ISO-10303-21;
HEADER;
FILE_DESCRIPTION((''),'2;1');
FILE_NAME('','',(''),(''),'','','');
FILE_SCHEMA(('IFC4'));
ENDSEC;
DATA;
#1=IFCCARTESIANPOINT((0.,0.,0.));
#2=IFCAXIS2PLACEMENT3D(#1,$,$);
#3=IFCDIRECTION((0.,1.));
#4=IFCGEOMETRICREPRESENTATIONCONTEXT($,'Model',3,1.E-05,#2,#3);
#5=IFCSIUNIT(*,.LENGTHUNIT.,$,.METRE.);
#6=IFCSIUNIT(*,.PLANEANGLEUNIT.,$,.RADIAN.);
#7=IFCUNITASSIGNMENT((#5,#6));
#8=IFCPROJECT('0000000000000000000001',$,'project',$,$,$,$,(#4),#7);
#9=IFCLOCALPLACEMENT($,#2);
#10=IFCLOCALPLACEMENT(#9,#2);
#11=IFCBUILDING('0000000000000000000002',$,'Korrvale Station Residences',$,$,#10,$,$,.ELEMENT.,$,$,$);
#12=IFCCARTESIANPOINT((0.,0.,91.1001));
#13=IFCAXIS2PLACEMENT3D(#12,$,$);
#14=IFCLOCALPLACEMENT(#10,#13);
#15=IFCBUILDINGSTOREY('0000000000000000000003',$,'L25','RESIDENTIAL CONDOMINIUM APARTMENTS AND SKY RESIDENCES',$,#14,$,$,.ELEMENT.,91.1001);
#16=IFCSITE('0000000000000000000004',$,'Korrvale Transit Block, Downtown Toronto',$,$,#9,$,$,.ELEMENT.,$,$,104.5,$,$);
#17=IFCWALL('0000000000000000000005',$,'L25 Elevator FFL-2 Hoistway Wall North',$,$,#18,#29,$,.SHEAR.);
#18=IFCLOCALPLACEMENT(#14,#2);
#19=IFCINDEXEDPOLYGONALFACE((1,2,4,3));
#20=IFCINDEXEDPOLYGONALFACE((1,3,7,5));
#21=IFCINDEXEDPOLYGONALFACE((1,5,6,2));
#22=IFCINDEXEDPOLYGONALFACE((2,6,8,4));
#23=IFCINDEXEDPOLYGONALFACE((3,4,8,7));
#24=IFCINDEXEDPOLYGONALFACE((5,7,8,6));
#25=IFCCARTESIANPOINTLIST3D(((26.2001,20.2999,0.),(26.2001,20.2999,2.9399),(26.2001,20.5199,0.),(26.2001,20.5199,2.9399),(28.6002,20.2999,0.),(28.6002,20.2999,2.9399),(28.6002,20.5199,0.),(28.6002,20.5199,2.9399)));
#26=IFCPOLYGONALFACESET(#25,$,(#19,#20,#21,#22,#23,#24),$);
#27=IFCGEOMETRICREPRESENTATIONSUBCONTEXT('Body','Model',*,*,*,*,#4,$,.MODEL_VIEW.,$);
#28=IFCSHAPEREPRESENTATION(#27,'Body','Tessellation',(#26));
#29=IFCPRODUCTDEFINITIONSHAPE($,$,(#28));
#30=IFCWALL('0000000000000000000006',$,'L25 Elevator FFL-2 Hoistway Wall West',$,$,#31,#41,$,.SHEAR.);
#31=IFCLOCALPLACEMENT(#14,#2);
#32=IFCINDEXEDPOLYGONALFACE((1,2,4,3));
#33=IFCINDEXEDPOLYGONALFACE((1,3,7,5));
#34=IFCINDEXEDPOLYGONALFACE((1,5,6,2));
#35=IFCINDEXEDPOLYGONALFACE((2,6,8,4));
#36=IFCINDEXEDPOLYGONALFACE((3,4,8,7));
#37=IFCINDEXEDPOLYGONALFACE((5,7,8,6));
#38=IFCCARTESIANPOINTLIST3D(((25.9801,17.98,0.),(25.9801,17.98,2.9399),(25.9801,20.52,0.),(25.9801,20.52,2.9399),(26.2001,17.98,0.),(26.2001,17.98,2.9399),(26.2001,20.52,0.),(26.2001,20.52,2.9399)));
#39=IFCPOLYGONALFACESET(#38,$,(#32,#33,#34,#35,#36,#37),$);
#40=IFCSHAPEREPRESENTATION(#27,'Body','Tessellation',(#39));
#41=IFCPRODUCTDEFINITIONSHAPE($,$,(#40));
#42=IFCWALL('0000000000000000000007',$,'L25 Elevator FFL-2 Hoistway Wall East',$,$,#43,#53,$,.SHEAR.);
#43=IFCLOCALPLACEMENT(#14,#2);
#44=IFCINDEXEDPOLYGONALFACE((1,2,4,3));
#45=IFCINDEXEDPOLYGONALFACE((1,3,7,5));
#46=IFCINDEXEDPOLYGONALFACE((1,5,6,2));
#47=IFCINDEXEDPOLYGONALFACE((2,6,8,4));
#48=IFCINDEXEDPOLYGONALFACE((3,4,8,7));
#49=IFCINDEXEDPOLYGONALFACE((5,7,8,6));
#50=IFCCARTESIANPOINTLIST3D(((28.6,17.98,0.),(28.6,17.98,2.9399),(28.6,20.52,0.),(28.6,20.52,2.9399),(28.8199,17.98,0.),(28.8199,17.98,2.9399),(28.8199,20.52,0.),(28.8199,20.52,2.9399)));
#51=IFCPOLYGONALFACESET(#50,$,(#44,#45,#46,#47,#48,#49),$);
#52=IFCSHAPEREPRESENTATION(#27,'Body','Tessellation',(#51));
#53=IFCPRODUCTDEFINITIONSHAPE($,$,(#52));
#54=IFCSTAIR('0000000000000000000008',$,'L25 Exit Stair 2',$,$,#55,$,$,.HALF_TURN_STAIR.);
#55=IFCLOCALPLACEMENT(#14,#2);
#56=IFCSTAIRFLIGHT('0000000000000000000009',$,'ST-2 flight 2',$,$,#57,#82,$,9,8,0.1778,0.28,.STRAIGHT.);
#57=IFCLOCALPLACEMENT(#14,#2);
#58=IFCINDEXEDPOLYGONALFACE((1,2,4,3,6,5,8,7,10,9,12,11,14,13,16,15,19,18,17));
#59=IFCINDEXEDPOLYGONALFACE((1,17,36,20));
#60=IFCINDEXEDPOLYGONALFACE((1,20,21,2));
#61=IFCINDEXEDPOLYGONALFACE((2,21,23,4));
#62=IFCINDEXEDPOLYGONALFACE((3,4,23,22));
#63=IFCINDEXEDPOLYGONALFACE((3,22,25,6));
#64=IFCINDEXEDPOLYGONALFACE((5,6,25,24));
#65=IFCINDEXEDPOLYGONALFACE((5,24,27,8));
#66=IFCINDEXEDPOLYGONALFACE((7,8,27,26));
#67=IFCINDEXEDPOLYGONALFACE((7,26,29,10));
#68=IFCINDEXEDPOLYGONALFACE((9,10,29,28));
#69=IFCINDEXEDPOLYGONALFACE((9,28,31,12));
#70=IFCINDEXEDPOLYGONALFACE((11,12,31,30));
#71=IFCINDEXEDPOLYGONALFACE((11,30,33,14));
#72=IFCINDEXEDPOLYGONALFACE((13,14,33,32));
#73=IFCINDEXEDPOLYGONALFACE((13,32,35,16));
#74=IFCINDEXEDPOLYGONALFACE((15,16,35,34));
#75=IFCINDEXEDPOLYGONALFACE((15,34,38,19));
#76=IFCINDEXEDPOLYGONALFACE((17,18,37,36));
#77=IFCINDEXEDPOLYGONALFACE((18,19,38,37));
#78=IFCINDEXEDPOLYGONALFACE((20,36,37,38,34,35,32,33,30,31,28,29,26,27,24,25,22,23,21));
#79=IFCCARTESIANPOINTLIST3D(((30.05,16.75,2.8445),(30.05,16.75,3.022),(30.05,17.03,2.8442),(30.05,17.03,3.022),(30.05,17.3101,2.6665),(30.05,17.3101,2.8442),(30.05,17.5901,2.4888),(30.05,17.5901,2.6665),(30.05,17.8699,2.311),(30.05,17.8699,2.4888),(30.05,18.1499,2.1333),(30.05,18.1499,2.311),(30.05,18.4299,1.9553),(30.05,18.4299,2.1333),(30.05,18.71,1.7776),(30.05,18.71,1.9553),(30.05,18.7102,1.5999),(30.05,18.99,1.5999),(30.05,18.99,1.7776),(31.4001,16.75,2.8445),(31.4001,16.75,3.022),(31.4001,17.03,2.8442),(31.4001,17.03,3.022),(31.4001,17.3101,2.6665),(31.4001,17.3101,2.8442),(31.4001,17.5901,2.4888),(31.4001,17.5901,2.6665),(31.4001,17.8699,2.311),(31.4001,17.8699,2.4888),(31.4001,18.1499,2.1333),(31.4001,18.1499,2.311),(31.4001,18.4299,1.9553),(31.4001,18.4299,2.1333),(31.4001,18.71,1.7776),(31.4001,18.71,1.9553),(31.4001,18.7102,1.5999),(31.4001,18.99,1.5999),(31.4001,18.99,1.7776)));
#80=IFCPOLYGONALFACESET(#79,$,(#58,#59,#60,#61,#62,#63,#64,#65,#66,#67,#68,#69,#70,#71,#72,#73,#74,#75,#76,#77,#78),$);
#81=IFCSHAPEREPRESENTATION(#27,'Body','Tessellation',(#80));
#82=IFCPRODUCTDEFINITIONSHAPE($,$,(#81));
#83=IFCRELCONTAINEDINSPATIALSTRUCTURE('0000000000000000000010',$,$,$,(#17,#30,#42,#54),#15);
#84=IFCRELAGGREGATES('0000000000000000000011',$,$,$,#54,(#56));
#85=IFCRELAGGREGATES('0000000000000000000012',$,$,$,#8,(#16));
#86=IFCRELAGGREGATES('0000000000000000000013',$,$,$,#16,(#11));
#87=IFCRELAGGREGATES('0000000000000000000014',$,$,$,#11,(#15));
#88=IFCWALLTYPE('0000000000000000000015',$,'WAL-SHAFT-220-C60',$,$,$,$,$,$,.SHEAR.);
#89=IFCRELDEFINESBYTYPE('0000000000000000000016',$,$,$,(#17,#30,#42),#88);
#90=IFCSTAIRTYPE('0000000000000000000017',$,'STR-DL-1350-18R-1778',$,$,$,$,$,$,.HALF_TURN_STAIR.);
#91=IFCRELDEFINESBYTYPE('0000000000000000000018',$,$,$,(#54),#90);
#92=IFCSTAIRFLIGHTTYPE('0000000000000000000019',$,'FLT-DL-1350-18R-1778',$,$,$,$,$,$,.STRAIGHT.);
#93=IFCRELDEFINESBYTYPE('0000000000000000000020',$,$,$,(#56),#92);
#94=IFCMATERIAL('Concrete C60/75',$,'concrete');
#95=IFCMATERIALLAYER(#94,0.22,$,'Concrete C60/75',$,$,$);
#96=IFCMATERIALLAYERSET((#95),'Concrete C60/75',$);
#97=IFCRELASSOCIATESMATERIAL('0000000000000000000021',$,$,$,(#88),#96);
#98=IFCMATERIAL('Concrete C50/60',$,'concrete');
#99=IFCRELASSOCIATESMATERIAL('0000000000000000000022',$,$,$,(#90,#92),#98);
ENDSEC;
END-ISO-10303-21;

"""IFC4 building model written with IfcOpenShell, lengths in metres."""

from ifc_helpers import new_model, si_unit, direction, frame, frame_2d, origin, place, context, subcontext, project, spatial, polyline, rectangle, outline, extrude, material, layer, layer_set, type_object, element, aggregate, save


model = new_model("IFC4")

# Units and contexts
model_context = context("Model", 3, precision=1e-05, world=origin(), true_north=direction((0.0, 1.0)))
body_context = subcontext(model_context, "Body", "Model", "MODEL_VIEW")
ifc_project = project(units=[si_unit("LENGTHUNIT", "METRE"), si_unit("PLANEANGLEUNIT", "RADIAN")], contexts=[model_context])

# Site, building, storey
site_placement = place(None, origin())
site = spatial("IfcSite", under=ifc_project, at=site_placement, Name="Korrvale Transit Block, Downtown Toronto", CompositionType="ELEMENT", RefElevation=104.5)
building_placement = place(site_placement, origin())
building = spatial("IfcBuilding", under=site, at=building_placement, Name="Korrvale Station Residences", CompositionType="ELEMENT")
storey_placement = place(building_placement, frame((0.0, 0.0, 91.1001)))
storey = spatial("IfcBuildingStorey", under=building, at=storey_placement, Name="L25", Description="RESIDENTIAL CONDOMINIUM APARTMENTS AND SKY RESIDENCES", CompositionType="ELEMENT", Elevation=91.1001)

# Shared definitions
ifc_material_1 = material(Name="Concrete C60/75", Category="concrete")

# Shared definitions
ifc_layer_1 = layer(ifc_material_1, 0.22, Name="Concrete C60/75")
ifc_layer_set_1 = layer_set([ifc_layer_1], Name="Concrete C60/75")
wall_type_1 = type_object("IfcWallType", Name="WAL-SHAFT-220-C60", PredefinedType="SHEAR", material=ifc_layer_set_1)

# Walls
wall_1_placement = place(storey_placement, frame((26.2, 20.4099, 0.0), z_axis=(0.0, 0.0, 1.0), x_axis=(1.0, 0.0, 0.0)))
element("IfcWall", 1, at=wall_1_placement, inside=storey, type_object=wall_type_1, Name="L25 Elevator FFL-2 Hoistway Wall North", PredefinedType="SHEAR", context=body_context, shape_type="SweptSolid", body=[
    extrude(rectangle(XDim=2.4001, YDim=0.22, at=frame_2d((1.2002, 0.0))), origin(), (0.0, 0.0, 1.0), 2.9399),
])
for number, where, z_axis, x_axis, name in (
    (2, (26.0901, 17.98, 0.0), (0.0, 0.0, 1.0), (0.0, 1.0, 0.0), "L25 Elevator FFL-2 Hoistway Wall West"),
    (3, (28.71, 17.98, 0.0), (0.0, 0.0, 1.0), (0.0, 1.0, 0.0), "L25 Elevator FFL-2 Hoistway Wall East"),
):
    element("IfcWall", number, at=place(storey_placement, frame(where, z_axis=z_axis, x_axis=x_axis)), inside=storey, type_object=wall_type_1, Name=name, PredefinedType="SHEAR", context=body_context, shape_type="SweptSolid", body=[
        extrude(rectangle(XDim=2.54, YDim=0.22, at=frame_2d((1.27, 0.0))), origin(), (0.0, 0.0, 1.0), 2.9399),
    ])

# Stair, stair flight
ifc_material_2 = material(Name="Concrete C50/60", Category="concrete")
stair_type = type_object("IfcStairType", Name="STR-DL-1350-18R-1778", PredefinedType="HALF_TURN_STAIR", material=ifc_material_2)
stair_placement = place(storey_placement, origin())
stair = element("IfcStair", 4, at=stair_placement, inside=storey, type_object=stair_type, Name="L25 Exit Stair 2", PredefinedType="HALF_TURN_STAIR")
stair_flight_type = type_object("IfcStairFlightType", Name="FLT-DL-1350-18R-1778", PredefinedType="STRAIGHT", material=ifc_material_2)
stair_flight_placement = place(storey_placement, frame((30.7251, 18.99, 1.5999), z_axis=(0.0, 0.0, 1.0), x_axis=(0.0, -1.0, 0.0)))
stair_flight = element("IfcStairFlight", 5, at=stair_flight_placement, type_object=stair_flight_type, Name="ST-2 flight 2", NumberOfRisers=9, NumberOfTreads=8, PredefinedType="STRAIGHT", RiserHeight=0.1778, TreadLength=0.28, context=body_context, shape_type="SweptSolid", body=[
    extrude(outline(polyline([(0.0, 0.0), (0.0, 0.1777), (0.28, 0.1777), (0.28, 0.3555), (0.5601, 0.3555), (0.5601, 0.5334), (0.8401, 0.5334), (0.8401, 0.7112), (1.1201, 0.7112), (1.1201, 0.8889), (1.3999, 0.8889), (1.3999, 1.0667), (1.6799, 1.0667), (1.6799, 1.2444), (1.96, 1.2444), (1.96, 1.4221), (2.24, 1.4221), (2.24, 1.6001), (2.24, 1.2446), (0.2798, 0.0), (0.0, 0.0)])), frame((0.0, 0.675, 0.0), z_axis=(0.0, -1.0, 0.0), x_axis=(1.0, 0.0, 0.0)), (0.0, 0.0, 1.0), 1.3501),
])
aggregate(stair, [stair_flight])

save(model, "model.ifc")
